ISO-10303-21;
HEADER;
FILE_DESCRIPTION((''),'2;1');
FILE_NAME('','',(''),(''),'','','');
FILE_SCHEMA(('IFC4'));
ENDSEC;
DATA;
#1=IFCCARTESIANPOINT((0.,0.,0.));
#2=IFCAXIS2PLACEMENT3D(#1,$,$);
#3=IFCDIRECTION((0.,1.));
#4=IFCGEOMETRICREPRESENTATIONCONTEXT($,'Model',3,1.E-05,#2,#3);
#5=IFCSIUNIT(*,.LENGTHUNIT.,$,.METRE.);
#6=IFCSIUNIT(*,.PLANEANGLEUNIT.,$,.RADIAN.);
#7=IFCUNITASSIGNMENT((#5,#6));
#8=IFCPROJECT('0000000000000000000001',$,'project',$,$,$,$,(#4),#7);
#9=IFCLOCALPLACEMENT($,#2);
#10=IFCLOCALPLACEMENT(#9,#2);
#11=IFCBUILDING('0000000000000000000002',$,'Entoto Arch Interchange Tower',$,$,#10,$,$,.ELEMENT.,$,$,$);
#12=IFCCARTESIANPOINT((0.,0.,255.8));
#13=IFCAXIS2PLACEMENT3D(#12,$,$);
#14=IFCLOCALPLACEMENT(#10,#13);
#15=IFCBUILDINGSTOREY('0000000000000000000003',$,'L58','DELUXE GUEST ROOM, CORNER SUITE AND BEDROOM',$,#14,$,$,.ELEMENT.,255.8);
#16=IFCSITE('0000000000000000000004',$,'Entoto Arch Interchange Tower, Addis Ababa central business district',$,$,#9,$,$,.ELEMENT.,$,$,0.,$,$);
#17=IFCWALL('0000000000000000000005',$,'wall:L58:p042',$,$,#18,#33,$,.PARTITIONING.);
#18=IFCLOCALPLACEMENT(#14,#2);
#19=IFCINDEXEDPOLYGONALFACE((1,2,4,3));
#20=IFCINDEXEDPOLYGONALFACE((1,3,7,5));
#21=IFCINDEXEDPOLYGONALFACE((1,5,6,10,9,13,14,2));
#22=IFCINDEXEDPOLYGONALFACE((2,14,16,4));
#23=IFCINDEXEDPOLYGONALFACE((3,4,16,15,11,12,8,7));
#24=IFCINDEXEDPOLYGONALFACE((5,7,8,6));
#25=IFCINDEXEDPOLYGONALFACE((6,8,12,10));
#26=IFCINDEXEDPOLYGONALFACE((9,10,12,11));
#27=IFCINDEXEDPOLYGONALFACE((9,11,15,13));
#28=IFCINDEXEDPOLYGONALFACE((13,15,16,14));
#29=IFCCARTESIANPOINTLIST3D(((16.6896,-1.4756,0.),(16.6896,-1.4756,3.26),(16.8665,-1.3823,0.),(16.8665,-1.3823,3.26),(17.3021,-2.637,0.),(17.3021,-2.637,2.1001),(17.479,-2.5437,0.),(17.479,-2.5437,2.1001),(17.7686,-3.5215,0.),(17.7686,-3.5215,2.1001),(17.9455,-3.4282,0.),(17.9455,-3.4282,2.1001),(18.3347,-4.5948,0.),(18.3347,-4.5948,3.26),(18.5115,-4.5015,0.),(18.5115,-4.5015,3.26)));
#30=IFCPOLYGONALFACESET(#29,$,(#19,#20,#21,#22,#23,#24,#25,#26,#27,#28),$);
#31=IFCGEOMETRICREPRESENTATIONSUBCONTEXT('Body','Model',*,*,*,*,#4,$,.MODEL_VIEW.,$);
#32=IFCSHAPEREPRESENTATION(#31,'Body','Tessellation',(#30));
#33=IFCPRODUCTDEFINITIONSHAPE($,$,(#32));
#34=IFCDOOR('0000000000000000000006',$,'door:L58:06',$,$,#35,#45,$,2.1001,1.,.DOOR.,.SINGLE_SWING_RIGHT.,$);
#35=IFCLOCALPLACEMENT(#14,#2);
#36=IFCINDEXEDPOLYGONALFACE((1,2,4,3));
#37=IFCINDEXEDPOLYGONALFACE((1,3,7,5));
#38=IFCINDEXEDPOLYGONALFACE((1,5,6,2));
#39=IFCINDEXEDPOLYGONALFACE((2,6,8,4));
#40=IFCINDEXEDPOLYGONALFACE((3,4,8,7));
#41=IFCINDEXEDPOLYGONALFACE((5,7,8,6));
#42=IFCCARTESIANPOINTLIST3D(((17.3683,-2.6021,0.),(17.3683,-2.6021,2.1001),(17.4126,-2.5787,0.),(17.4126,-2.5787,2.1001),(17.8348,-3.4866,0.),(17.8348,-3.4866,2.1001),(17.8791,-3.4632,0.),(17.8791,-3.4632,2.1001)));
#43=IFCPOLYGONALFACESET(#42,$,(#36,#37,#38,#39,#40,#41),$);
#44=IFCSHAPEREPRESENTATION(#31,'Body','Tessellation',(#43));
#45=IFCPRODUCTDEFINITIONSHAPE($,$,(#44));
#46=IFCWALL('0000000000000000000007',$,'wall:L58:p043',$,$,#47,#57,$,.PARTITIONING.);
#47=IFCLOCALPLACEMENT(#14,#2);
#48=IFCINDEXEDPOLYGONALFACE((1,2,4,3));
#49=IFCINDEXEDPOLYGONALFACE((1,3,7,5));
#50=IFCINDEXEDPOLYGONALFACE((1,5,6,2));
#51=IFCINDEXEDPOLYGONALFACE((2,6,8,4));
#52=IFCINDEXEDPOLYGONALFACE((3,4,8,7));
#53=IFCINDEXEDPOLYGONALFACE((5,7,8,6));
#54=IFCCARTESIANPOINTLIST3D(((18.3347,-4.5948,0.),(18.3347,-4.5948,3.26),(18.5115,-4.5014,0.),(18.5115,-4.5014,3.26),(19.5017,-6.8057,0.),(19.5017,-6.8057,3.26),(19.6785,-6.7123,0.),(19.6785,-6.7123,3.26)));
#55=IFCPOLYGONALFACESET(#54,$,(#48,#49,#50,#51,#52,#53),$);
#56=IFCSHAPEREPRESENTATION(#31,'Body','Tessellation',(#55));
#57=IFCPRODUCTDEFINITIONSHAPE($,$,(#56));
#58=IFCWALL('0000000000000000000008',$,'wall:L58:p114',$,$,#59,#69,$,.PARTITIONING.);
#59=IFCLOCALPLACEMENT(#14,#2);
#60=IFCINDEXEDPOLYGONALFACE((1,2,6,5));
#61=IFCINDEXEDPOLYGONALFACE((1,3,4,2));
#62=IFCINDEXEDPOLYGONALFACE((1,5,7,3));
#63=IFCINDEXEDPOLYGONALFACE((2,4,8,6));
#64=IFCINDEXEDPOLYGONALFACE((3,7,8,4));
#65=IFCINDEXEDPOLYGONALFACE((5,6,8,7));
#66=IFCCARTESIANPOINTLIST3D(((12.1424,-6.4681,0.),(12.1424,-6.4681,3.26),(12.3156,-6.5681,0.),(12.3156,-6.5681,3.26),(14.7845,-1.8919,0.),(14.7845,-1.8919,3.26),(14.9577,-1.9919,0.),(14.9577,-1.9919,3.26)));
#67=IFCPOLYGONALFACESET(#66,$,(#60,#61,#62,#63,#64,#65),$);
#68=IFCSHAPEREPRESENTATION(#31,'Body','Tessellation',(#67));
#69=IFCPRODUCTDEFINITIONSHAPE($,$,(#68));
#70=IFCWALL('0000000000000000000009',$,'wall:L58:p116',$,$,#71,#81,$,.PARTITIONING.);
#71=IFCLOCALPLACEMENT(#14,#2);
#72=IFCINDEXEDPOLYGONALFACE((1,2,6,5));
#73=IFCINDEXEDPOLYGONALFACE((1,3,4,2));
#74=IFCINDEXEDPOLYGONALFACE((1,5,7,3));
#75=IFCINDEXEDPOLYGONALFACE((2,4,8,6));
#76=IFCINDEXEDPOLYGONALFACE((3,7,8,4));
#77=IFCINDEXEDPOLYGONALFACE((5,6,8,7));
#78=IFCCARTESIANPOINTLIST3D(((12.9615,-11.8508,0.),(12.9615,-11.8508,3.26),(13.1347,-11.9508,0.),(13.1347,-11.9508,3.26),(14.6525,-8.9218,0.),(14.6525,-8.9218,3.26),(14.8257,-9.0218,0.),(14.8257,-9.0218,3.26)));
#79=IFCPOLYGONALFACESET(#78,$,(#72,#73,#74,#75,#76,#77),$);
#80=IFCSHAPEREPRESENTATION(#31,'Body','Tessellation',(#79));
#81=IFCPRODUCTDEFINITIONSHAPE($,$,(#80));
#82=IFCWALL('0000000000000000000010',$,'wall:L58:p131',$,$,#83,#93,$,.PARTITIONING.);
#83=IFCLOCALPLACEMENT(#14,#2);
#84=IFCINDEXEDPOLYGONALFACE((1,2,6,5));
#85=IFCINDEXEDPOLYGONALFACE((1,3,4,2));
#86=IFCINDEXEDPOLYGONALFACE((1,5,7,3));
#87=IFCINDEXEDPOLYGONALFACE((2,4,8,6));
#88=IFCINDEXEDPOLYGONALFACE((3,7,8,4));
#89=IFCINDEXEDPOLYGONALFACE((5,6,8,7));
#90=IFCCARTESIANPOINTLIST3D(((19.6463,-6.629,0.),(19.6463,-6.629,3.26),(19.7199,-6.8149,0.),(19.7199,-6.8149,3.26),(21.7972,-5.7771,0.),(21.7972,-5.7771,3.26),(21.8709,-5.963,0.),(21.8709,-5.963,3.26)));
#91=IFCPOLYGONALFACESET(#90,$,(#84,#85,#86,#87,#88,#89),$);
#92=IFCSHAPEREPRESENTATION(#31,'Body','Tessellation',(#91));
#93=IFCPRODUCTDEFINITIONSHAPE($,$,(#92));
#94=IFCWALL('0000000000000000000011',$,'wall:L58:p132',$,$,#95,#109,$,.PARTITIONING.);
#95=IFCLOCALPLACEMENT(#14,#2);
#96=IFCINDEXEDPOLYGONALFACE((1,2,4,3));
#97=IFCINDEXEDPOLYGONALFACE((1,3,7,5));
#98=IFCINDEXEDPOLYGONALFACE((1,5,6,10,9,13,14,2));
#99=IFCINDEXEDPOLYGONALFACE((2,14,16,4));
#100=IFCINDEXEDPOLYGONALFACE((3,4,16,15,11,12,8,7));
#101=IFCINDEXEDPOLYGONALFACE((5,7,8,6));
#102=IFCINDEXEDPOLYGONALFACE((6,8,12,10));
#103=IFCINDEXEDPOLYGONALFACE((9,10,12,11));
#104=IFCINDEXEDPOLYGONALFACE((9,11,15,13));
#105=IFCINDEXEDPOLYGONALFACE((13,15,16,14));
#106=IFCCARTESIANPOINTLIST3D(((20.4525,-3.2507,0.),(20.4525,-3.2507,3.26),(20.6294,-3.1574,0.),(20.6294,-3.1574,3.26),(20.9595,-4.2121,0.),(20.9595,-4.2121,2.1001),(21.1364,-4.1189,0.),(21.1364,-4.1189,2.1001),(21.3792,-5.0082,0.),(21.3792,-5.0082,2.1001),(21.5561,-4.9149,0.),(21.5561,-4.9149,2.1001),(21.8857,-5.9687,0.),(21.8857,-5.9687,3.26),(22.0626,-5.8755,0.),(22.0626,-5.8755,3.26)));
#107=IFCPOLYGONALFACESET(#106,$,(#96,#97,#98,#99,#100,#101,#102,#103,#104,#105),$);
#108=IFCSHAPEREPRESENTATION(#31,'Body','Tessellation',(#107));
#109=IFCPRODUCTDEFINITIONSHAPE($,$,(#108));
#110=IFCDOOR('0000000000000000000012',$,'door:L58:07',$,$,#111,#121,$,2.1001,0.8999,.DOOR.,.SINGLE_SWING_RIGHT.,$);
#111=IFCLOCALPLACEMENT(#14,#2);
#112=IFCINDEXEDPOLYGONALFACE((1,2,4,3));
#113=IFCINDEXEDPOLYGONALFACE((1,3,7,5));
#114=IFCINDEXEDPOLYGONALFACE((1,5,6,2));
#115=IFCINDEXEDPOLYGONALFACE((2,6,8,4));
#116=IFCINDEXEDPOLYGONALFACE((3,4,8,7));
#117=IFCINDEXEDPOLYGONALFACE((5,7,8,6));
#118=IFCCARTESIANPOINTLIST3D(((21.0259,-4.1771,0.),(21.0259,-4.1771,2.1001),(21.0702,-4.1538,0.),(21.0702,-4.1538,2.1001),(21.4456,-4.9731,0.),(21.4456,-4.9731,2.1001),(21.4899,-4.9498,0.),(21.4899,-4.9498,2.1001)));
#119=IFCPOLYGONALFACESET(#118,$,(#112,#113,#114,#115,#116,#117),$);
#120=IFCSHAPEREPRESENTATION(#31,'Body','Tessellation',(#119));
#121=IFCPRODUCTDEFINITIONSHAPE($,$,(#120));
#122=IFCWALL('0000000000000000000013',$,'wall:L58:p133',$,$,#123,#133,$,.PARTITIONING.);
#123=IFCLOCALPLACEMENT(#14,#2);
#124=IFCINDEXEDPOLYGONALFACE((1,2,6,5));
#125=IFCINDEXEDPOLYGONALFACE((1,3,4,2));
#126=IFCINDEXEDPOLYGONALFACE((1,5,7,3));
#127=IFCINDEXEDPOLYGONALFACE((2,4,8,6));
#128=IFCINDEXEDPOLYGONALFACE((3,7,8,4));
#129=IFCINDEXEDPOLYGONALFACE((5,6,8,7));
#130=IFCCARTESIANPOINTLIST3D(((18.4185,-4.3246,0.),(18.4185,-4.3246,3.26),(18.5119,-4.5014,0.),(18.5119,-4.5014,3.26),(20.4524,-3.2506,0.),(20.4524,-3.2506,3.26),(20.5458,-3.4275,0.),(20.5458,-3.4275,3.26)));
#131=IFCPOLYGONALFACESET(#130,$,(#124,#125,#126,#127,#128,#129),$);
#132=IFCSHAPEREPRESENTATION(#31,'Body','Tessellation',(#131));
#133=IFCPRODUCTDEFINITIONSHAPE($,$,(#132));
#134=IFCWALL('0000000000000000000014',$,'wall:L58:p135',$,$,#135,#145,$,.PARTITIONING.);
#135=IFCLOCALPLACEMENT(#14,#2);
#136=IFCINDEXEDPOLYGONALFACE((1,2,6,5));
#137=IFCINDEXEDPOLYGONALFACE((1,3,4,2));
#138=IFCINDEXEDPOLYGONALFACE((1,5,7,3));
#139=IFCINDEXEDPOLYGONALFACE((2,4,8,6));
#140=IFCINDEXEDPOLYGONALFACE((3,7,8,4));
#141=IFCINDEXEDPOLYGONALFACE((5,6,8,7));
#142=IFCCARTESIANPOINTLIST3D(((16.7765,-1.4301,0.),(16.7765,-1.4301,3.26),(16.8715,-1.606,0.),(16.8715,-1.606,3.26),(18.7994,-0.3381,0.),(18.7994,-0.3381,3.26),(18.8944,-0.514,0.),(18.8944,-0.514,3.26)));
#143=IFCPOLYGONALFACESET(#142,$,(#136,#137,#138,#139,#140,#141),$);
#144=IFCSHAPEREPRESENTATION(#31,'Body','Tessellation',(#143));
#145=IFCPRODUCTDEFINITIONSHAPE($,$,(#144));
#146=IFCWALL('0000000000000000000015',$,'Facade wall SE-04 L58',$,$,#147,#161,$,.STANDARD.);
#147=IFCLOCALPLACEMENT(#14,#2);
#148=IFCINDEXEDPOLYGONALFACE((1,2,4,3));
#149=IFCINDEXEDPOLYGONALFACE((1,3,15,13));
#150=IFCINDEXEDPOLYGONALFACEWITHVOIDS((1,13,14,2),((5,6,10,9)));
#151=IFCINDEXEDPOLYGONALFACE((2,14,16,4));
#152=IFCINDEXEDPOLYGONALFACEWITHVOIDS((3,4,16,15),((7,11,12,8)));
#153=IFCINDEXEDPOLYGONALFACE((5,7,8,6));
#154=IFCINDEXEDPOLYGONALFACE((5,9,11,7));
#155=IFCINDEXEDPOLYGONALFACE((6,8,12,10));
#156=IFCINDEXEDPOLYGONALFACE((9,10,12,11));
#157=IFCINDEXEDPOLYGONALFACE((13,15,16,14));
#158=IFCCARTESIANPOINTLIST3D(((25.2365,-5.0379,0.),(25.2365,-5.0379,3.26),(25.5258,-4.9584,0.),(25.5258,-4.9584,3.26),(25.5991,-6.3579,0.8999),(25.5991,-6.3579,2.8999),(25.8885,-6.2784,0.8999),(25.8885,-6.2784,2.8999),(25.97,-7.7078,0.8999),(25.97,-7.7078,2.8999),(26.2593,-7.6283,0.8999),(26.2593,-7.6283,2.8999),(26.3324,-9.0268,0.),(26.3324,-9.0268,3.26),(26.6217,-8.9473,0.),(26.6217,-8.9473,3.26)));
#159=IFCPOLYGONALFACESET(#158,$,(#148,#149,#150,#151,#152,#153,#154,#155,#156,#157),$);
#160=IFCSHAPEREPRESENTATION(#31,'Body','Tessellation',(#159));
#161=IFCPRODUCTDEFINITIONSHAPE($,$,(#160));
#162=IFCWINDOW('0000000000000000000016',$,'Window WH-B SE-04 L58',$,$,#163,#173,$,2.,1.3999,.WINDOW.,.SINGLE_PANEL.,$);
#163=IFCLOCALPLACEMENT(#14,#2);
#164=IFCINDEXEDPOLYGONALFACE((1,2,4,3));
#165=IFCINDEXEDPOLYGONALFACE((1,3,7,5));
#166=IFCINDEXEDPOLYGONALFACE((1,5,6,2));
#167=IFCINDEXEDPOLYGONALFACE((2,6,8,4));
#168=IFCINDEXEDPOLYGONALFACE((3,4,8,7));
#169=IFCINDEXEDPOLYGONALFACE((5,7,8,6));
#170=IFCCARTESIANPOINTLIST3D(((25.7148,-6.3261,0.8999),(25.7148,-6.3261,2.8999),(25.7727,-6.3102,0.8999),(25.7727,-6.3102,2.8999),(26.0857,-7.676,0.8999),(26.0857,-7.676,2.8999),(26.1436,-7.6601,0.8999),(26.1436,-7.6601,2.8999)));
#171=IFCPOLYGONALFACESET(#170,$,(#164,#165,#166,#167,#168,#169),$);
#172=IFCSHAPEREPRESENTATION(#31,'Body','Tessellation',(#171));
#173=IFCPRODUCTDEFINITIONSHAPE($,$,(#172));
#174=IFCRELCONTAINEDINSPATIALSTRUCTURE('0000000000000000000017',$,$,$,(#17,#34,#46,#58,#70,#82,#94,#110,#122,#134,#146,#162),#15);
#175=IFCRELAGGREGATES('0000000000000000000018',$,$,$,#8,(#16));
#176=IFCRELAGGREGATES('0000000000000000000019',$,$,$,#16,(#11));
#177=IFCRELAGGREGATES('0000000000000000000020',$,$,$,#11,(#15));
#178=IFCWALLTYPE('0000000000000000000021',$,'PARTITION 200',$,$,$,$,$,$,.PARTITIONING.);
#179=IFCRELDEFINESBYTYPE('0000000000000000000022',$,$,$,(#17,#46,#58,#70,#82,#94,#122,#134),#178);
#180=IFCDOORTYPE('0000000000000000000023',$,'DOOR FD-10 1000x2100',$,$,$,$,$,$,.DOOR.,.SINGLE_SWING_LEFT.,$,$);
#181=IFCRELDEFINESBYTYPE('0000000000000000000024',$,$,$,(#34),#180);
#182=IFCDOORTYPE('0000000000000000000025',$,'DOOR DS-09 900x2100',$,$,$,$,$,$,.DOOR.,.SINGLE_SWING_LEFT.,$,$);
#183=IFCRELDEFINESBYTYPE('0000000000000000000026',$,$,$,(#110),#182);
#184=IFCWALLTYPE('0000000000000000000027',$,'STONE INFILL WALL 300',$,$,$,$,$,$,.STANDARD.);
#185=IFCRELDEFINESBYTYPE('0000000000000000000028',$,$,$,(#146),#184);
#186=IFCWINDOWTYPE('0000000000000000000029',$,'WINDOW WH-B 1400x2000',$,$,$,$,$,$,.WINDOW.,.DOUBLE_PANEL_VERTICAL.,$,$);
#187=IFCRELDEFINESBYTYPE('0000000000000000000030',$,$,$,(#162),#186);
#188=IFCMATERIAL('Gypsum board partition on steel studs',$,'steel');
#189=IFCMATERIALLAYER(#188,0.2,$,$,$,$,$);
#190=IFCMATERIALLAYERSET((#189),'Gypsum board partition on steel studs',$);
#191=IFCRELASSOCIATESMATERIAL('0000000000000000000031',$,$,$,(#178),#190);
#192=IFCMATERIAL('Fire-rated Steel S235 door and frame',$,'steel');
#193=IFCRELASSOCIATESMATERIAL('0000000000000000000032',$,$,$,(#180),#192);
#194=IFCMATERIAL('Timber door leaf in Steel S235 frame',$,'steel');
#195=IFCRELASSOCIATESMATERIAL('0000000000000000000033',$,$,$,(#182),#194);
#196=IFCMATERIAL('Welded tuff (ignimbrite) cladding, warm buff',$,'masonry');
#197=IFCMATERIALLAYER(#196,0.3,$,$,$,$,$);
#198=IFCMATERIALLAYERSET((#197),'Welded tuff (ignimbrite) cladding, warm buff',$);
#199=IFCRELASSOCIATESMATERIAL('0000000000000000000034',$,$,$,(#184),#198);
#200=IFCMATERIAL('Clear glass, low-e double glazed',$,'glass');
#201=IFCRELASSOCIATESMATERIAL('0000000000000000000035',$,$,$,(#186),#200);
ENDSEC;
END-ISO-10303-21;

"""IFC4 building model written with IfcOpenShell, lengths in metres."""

from ifc_helpers import new_model, si_unit, direction, frame, frame_2d, origin, place, context, subcontext, project, spatial, rectangle, extrude, material, layer, layer_set, type_object, element, fill, save


model = new_model("IFC4")

# Units and contexts
model_context = context("Model", 3, precision=1e-05, world=origin(), true_north=direction((0.0, 1.0)))
body_context = subcontext(model_context, "Body", "Model", "MODEL_VIEW")
ifc_project = project(units=[si_unit("LENGTHUNIT", "METRE"), si_unit("PLANEANGLEUNIT", "RADIAN")], contexts=[model_context])

# Site, building, storey
site_placement = place(None, origin())
site = spatial("IfcSite", under=ifc_project, at=site_placement, Name="Entoto Arch Interchange Tower, Addis Ababa central business district", CompositionType="ELEMENT", RefElevation=0.0)
building_placement = place(site_placement, origin())
building = spatial("IfcBuilding", under=site, at=building_placement, Name="Entoto Arch Interchange Tower", CompositionType="ELEMENT")
storey_placement = place(building_placement, frame((0.0, 0.0, 255.8)))
storey = spatial("IfcBuildingStorey", under=building, at=storey_placement, Name="L58", Description="DELUXE GUEST ROOM, CORNER SUITE AND BEDROOM", CompositionType="ELEMENT", Elevation=255.8)

# Shared definitions
ifc_material_1 = material(Name="Gypsum board partition on steel studs", Category="steel")

# Shared definitions
ifc_layer_1 = layer(ifc_material_1, 0.2)
ifc_layer_set_1 = layer_set([ifc_layer_1], Name="Gypsum board partition on steel studs")
wall_type_1 = type_object("IfcWallType", Name="PARTITION 200", PredefinedType="PARTITIONING", material=ifc_layer_set_1)
ifc_material_2 = material(Name="Timber door leaf in Steel S235 frame", Category="steel")

# Wall, opening, door
wall_1_placement = place(storey_placement, frame((16.7781, -1.429, 0.0), z_axis=(0.0, 0.0, 1.0), x_axis=(0.466494, -0.884524, 0.0)))
wall_1 = element("IfcWall", 1, at=wall_1_placement, inside=storey, type_object=wall_type_1, Name="wall:L58:p042", PredefinedType="PARTITIONING", context=body_context, shape_type="SweptSolid", body=[
    extrude(rectangle(XDim=3.5264, YDim=0.2, at=frame_2d((1.7632, 0.0))), origin(), (0.0, 0.0, 1.0), 3.26),
])
opening_1_placement = place(wall_1_placement, frame((1.313, 0.0, 0.0)))
opening_1 = element("IfcOpeningElement", 2, at=opening_1_placement, cuts=wall_1, PredefinedType="OPENING", context=body_context, shape_type="SweptSolid", body=[
    extrude(rectangle(XDim=1.0, YDim=2.1001, at=frame_2d((0.5, 1.05))), frame((0.0, 0.1099, 0.0), z_axis=(0.0, -1.0, 0.0), x_axis=(1.0, 0.0, 0.0)), (0.0, 0.0, 1.0), 0.22),
])
ifc_material_3 = material(Name="Fire-rated Steel S235 door and frame", Category="steel")
door_type_1 = type_object("IfcDoorType", Name="DOOR FD-10 1000x2100", OperationType="SINGLE_SWING_LEFT", PredefinedType="DOOR", material=ifc_material_3)
door_1_placement = place(opening_1_placement, origin())
door_1 = element("IfcDoor", 3, at=door_1_placement, inside=storey, type_object=door_type_1, Name="door:L58:06", OperationType="SINGLE_SWING_RIGHT", OverallHeight=2.1001, OverallWidth=1.0, PredefinedType="DOOR", context=body_context, shape_type="SweptSolid", body=[
    extrude(rectangle(XDim=1.0, YDim=2.1001, at=frame_2d((0.5, 1.05))), frame((0.0, 0.0249, 0.0), z_axis=(0.0, -1.0, 0.0), x_axis=(1.0, 0.0, 0.0)), (0.0, 0.0, 1.0), 0.05),
])
fill(opening_1, door_1)

# Walls
wall_2_placement = place(storey_placement, frame((18.4231, -4.5481, 0.0), z_axis=(0.0, 0.0, 1.0), x_axis=(0.466793, -0.884367, 0.0)))
element("IfcWall", 4, at=wall_2_placement, inside=storey, type_object=wall_type_1, Name="wall:L58:p043", PredefinedType="PARTITIONING", context=body_context, shape_type="SweptSolid", body=[
    extrude(rectangle(XDim=2.5, YDim=0.2, at=frame_2d((1.25, 0.0))), origin(), (0.0, 0.0, 1.0), 3.26),
])
wall_3_placement = place(storey_placement, frame((14.8711, -1.9419, 0.0), z_axis=(0.0, 0.0, 1.0), x_axis=(-0.500005, -0.866022, 0.0)))
element("IfcWall", 5, at=wall_3_placement, inside=storey, type_object=wall_type_1, Name="wall:L58:p114", PredefinedType="PARTITIONING", context=body_context, shape_type="SweptSolid", body=[
    extrude(rectangle(XDim=5.2842, YDim=0.2, at=frame_2d((2.6421, 0.0))), origin(), (0.0, 0.0, 1.0), 3.26),
])
wall_4_placement = place(storey_placement, frame((14.739, -8.9719, 0.0), z_axis=(0.0, 0.0, 1.0), x_axis=(-0.499974, -0.86604, 0.0)))
element("IfcWall", 6, at=wall_4_placement, inside=storey, type_object=wall_type_1, Name="wall:L58:p116", PredefinedType="PARTITIONING", context=body_context, shape_type="SweptSolid", body=[
    extrude(rectangle(XDim=3.3821, YDim=0.2, at=frame_2d((1.6909, 0.0))), origin(), (0.0, 0.0, 1.0), 3.26),
])
wall_5_placement = place(storey_placement, frame((19.6831, -6.7219, 0.0), z_axis=(0.0, 0.0, 1.0), x_axis=(0.929745, 0.368204, 0.0)))
element("IfcWall", 7, at=wall_5_placement, inside=storey, type_object=wall_type_1, Name="wall:L58:p131", PredefinedType="PARTITIONING", context=body_context, shape_type="SweptSolid", body=[
    extrude(rectangle(XDim=2.3135, YDim=0.2, at=frame_2d((1.1567, 0.0))), origin(), (0.0, 0.0, 1.0), 3.26),
])

# Wall, opening, door
wall_6_placement = place(storey_placement, frame((21.9741, -5.9221, 0.0), z_axis=(0.0, 0.0, 1.0), x_axis=(-0.466401, 0.884573, 0.0)))
wall_6 = element("IfcWall", 8, at=wall_6_placement, inside=storey, type_object=wall_type_1, Name="wall:L58:p132", PredefinedType="PARTITIONING", context=body_context, shape_type="SweptSolid", body=[
    extrude(rectangle(XDim=3.0728, YDim=0.2, at=frame_2d((1.5364, 0.0))), origin(), (0.0, 0.0, 1.0), 3.26),
])
opening_2_placement = place(wall_6_placement, frame((1.0859, 0.0, 0.0)))
opening_2 = element("IfcOpeningElement", 9, at=opening_2_placement, cuts=wall_6, PredefinedType="OPENING", context=body_context, shape_type="SweptSolid", body=[
    extrude(rectangle(XDim=0.8999, YDim=2.1001, at=frame_2d((0.45, 1.05))), frame((0.0, 0.1099, 0.0), z_axis=(0.0, -1.0, 0.0), x_axis=(1.0, 0.0, 0.0)), (0.0, 0.0, 1.0), 0.22),
])
door_type_2 = type_object("IfcDoorType", Name="DOOR DS-09 900x2100", OperationType="SINGLE_SWING_LEFT", PredefinedType="DOOR", material=ifc_material_2)
door_2_placement = place(opening_2_placement, origin())
door_2 = element("IfcDoor", 10, at=door_2_placement, inside=storey, type_object=door_type_2, Name="door:L58:07", OperationType="SINGLE_SWING_RIGHT", OverallHeight=2.1001, OverallWidth=0.8999, PredefinedType="DOOR", context=body_context, shape_type="SweptSolid", body=[
    extrude(rectangle(XDim=0.8999, YDim=2.1001, at=frame_2d((0.45, 1.05))), frame((0.0, 0.0249, 0.0), z_axis=(0.0, -1.0, 0.0), x_axis=(1.0, 0.0, 0.0)), (0.0, 0.0, 1.0), 0.05),
])
fill(opening_2, door_2)

# Walls
wall_7_placement = place(storey_placement, frame((20.499, -3.3391, 0.0), z_axis=(0.0, 0.0, 1.0), x_axis=(-0.884293, -0.466932, 0.0)))
element("IfcWall", 11, at=wall_7_placement, inside=storey, type_object=wall_type_1, Name="wall:L58:p133", PredefinedType="PARTITIONING", context=body_context, shape_type="SweptSolid", body=[
    extrude(rectangle(XDim=2.3, YDim=0.2, at=frame_2d((1.1499, 0.0))), origin(), (0.0, 0.0, 1.0), 3.26),
])
wall_8_placement = place(storey_placement, frame((16.824, -1.5181, 0.0), z_axis=(0.0, 0.0, 1.0), x_axis=(0.879969, 0.475031, 0.0)))
element("IfcWall", 12, at=wall_8_placement, inside=storey, type_object=wall_type_1, Name="wall:L58:p135", PredefinedType="PARTITIONING", context=body_context, shape_type="SweptSolid", body=[
    extrude(rectangle(XDim=2.2988, YDim=0.2, at=frame_2d((1.1494, 0.0))), origin(), (0.0, 0.0, 1.0), 3.26),
])

# Wall, opening, window
ifc_material_4 = material(Name="Welded tuff (ignimbrite) cladding, warm buff", Category="masonry")
ifc_layer_2 = layer(ifc_material_4, 0.3)
ifc_layer_set_2 = layer_set([ifc_layer_2], Name="Welded tuff (ignimbrite) cladding, warm buff")
wall_type_2 = type_object("IfcWallType", Name="STONE INFILL WALL 300", PredefinedType="STANDARD", material=ifc_layer_set_2)
wall_9_placement = place(storey_placement, frame((26.4771, -8.9871, 0.0), z_axis=(0.0, 0.0, 1.0), x_axis=(-0.264925, 0.964269, 0.0)))
wall_9 = element("IfcWall", 13, at=wall_9_placement, inside=storey, type_object=wall_type_2, Name="Facade wall SE-04 L58", PredefinedType="STANDARD", context=body_context, shape_type="SweptSolid", body=[
    extrude(rectangle(XDim=4.1367, YDim=0.3, at=frame_2d((2.0684, 0.0))), origin(), (0.0, 0.0, 1.0), 3.26),
])
opening_3_placement = place(wall_9_placement, frame((1.3679, 0.0, 0.8999)))
opening_3 = element("IfcOpeningElement", 14, at=opening_3_placement, cuts=wall_9, PredefinedType="OPENING", context=body_context, shape_type="SweptSolid", body=[
    extrude(rectangle(XDim=1.3999, YDim=2.0, at=frame_2d((0.7, 1.0))), frame((0.0, 0.1602, 0.0), z_axis=(0.0, -1.0, 0.0), x_axis=(1.0, 0.0, 0.0)), (0.0, 0.0, 1.0), 0.3201),
])
ifc_material_5 = material(Name="Clear glass, low-e double glazed", Category="glass")
window_type_1 = type_object("IfcWindowType", Name="WINDOW WH-B 1400x2000", PartitioningType="DOUBLE_PANEL_VERTICAL", PredefinedType="WINDOW", material=ifc_material_5)
window_1_placement = place(opening_3_placement, origin())
window_1 = element("IfcWindow", 15, at=window_1_placement, inside=storey, type_object=window_type_1, Name="Window WH-B SE-04 L58", OverallHeight=2.0, OverallWidth=1.3999, PartitioningType="SINGLE_PANEL", PredefinedType="WINDOW", context=body_context, shape_type="SweptSolid", body=[
    extrude(rectangle(XDim=1.3999, YDim=2.0, at=frame_2d((0.7, 1.0))), frame((0.0, 0.03, 0.0), z_axis=(0.0, -1.0, 0.0), x_axis=(1.0, 0.0, 0.0)), (0.0, 0.0, 1.0), 0.0601),
])
fill(opening_3, window_1)

save(model, "model.ifc")
